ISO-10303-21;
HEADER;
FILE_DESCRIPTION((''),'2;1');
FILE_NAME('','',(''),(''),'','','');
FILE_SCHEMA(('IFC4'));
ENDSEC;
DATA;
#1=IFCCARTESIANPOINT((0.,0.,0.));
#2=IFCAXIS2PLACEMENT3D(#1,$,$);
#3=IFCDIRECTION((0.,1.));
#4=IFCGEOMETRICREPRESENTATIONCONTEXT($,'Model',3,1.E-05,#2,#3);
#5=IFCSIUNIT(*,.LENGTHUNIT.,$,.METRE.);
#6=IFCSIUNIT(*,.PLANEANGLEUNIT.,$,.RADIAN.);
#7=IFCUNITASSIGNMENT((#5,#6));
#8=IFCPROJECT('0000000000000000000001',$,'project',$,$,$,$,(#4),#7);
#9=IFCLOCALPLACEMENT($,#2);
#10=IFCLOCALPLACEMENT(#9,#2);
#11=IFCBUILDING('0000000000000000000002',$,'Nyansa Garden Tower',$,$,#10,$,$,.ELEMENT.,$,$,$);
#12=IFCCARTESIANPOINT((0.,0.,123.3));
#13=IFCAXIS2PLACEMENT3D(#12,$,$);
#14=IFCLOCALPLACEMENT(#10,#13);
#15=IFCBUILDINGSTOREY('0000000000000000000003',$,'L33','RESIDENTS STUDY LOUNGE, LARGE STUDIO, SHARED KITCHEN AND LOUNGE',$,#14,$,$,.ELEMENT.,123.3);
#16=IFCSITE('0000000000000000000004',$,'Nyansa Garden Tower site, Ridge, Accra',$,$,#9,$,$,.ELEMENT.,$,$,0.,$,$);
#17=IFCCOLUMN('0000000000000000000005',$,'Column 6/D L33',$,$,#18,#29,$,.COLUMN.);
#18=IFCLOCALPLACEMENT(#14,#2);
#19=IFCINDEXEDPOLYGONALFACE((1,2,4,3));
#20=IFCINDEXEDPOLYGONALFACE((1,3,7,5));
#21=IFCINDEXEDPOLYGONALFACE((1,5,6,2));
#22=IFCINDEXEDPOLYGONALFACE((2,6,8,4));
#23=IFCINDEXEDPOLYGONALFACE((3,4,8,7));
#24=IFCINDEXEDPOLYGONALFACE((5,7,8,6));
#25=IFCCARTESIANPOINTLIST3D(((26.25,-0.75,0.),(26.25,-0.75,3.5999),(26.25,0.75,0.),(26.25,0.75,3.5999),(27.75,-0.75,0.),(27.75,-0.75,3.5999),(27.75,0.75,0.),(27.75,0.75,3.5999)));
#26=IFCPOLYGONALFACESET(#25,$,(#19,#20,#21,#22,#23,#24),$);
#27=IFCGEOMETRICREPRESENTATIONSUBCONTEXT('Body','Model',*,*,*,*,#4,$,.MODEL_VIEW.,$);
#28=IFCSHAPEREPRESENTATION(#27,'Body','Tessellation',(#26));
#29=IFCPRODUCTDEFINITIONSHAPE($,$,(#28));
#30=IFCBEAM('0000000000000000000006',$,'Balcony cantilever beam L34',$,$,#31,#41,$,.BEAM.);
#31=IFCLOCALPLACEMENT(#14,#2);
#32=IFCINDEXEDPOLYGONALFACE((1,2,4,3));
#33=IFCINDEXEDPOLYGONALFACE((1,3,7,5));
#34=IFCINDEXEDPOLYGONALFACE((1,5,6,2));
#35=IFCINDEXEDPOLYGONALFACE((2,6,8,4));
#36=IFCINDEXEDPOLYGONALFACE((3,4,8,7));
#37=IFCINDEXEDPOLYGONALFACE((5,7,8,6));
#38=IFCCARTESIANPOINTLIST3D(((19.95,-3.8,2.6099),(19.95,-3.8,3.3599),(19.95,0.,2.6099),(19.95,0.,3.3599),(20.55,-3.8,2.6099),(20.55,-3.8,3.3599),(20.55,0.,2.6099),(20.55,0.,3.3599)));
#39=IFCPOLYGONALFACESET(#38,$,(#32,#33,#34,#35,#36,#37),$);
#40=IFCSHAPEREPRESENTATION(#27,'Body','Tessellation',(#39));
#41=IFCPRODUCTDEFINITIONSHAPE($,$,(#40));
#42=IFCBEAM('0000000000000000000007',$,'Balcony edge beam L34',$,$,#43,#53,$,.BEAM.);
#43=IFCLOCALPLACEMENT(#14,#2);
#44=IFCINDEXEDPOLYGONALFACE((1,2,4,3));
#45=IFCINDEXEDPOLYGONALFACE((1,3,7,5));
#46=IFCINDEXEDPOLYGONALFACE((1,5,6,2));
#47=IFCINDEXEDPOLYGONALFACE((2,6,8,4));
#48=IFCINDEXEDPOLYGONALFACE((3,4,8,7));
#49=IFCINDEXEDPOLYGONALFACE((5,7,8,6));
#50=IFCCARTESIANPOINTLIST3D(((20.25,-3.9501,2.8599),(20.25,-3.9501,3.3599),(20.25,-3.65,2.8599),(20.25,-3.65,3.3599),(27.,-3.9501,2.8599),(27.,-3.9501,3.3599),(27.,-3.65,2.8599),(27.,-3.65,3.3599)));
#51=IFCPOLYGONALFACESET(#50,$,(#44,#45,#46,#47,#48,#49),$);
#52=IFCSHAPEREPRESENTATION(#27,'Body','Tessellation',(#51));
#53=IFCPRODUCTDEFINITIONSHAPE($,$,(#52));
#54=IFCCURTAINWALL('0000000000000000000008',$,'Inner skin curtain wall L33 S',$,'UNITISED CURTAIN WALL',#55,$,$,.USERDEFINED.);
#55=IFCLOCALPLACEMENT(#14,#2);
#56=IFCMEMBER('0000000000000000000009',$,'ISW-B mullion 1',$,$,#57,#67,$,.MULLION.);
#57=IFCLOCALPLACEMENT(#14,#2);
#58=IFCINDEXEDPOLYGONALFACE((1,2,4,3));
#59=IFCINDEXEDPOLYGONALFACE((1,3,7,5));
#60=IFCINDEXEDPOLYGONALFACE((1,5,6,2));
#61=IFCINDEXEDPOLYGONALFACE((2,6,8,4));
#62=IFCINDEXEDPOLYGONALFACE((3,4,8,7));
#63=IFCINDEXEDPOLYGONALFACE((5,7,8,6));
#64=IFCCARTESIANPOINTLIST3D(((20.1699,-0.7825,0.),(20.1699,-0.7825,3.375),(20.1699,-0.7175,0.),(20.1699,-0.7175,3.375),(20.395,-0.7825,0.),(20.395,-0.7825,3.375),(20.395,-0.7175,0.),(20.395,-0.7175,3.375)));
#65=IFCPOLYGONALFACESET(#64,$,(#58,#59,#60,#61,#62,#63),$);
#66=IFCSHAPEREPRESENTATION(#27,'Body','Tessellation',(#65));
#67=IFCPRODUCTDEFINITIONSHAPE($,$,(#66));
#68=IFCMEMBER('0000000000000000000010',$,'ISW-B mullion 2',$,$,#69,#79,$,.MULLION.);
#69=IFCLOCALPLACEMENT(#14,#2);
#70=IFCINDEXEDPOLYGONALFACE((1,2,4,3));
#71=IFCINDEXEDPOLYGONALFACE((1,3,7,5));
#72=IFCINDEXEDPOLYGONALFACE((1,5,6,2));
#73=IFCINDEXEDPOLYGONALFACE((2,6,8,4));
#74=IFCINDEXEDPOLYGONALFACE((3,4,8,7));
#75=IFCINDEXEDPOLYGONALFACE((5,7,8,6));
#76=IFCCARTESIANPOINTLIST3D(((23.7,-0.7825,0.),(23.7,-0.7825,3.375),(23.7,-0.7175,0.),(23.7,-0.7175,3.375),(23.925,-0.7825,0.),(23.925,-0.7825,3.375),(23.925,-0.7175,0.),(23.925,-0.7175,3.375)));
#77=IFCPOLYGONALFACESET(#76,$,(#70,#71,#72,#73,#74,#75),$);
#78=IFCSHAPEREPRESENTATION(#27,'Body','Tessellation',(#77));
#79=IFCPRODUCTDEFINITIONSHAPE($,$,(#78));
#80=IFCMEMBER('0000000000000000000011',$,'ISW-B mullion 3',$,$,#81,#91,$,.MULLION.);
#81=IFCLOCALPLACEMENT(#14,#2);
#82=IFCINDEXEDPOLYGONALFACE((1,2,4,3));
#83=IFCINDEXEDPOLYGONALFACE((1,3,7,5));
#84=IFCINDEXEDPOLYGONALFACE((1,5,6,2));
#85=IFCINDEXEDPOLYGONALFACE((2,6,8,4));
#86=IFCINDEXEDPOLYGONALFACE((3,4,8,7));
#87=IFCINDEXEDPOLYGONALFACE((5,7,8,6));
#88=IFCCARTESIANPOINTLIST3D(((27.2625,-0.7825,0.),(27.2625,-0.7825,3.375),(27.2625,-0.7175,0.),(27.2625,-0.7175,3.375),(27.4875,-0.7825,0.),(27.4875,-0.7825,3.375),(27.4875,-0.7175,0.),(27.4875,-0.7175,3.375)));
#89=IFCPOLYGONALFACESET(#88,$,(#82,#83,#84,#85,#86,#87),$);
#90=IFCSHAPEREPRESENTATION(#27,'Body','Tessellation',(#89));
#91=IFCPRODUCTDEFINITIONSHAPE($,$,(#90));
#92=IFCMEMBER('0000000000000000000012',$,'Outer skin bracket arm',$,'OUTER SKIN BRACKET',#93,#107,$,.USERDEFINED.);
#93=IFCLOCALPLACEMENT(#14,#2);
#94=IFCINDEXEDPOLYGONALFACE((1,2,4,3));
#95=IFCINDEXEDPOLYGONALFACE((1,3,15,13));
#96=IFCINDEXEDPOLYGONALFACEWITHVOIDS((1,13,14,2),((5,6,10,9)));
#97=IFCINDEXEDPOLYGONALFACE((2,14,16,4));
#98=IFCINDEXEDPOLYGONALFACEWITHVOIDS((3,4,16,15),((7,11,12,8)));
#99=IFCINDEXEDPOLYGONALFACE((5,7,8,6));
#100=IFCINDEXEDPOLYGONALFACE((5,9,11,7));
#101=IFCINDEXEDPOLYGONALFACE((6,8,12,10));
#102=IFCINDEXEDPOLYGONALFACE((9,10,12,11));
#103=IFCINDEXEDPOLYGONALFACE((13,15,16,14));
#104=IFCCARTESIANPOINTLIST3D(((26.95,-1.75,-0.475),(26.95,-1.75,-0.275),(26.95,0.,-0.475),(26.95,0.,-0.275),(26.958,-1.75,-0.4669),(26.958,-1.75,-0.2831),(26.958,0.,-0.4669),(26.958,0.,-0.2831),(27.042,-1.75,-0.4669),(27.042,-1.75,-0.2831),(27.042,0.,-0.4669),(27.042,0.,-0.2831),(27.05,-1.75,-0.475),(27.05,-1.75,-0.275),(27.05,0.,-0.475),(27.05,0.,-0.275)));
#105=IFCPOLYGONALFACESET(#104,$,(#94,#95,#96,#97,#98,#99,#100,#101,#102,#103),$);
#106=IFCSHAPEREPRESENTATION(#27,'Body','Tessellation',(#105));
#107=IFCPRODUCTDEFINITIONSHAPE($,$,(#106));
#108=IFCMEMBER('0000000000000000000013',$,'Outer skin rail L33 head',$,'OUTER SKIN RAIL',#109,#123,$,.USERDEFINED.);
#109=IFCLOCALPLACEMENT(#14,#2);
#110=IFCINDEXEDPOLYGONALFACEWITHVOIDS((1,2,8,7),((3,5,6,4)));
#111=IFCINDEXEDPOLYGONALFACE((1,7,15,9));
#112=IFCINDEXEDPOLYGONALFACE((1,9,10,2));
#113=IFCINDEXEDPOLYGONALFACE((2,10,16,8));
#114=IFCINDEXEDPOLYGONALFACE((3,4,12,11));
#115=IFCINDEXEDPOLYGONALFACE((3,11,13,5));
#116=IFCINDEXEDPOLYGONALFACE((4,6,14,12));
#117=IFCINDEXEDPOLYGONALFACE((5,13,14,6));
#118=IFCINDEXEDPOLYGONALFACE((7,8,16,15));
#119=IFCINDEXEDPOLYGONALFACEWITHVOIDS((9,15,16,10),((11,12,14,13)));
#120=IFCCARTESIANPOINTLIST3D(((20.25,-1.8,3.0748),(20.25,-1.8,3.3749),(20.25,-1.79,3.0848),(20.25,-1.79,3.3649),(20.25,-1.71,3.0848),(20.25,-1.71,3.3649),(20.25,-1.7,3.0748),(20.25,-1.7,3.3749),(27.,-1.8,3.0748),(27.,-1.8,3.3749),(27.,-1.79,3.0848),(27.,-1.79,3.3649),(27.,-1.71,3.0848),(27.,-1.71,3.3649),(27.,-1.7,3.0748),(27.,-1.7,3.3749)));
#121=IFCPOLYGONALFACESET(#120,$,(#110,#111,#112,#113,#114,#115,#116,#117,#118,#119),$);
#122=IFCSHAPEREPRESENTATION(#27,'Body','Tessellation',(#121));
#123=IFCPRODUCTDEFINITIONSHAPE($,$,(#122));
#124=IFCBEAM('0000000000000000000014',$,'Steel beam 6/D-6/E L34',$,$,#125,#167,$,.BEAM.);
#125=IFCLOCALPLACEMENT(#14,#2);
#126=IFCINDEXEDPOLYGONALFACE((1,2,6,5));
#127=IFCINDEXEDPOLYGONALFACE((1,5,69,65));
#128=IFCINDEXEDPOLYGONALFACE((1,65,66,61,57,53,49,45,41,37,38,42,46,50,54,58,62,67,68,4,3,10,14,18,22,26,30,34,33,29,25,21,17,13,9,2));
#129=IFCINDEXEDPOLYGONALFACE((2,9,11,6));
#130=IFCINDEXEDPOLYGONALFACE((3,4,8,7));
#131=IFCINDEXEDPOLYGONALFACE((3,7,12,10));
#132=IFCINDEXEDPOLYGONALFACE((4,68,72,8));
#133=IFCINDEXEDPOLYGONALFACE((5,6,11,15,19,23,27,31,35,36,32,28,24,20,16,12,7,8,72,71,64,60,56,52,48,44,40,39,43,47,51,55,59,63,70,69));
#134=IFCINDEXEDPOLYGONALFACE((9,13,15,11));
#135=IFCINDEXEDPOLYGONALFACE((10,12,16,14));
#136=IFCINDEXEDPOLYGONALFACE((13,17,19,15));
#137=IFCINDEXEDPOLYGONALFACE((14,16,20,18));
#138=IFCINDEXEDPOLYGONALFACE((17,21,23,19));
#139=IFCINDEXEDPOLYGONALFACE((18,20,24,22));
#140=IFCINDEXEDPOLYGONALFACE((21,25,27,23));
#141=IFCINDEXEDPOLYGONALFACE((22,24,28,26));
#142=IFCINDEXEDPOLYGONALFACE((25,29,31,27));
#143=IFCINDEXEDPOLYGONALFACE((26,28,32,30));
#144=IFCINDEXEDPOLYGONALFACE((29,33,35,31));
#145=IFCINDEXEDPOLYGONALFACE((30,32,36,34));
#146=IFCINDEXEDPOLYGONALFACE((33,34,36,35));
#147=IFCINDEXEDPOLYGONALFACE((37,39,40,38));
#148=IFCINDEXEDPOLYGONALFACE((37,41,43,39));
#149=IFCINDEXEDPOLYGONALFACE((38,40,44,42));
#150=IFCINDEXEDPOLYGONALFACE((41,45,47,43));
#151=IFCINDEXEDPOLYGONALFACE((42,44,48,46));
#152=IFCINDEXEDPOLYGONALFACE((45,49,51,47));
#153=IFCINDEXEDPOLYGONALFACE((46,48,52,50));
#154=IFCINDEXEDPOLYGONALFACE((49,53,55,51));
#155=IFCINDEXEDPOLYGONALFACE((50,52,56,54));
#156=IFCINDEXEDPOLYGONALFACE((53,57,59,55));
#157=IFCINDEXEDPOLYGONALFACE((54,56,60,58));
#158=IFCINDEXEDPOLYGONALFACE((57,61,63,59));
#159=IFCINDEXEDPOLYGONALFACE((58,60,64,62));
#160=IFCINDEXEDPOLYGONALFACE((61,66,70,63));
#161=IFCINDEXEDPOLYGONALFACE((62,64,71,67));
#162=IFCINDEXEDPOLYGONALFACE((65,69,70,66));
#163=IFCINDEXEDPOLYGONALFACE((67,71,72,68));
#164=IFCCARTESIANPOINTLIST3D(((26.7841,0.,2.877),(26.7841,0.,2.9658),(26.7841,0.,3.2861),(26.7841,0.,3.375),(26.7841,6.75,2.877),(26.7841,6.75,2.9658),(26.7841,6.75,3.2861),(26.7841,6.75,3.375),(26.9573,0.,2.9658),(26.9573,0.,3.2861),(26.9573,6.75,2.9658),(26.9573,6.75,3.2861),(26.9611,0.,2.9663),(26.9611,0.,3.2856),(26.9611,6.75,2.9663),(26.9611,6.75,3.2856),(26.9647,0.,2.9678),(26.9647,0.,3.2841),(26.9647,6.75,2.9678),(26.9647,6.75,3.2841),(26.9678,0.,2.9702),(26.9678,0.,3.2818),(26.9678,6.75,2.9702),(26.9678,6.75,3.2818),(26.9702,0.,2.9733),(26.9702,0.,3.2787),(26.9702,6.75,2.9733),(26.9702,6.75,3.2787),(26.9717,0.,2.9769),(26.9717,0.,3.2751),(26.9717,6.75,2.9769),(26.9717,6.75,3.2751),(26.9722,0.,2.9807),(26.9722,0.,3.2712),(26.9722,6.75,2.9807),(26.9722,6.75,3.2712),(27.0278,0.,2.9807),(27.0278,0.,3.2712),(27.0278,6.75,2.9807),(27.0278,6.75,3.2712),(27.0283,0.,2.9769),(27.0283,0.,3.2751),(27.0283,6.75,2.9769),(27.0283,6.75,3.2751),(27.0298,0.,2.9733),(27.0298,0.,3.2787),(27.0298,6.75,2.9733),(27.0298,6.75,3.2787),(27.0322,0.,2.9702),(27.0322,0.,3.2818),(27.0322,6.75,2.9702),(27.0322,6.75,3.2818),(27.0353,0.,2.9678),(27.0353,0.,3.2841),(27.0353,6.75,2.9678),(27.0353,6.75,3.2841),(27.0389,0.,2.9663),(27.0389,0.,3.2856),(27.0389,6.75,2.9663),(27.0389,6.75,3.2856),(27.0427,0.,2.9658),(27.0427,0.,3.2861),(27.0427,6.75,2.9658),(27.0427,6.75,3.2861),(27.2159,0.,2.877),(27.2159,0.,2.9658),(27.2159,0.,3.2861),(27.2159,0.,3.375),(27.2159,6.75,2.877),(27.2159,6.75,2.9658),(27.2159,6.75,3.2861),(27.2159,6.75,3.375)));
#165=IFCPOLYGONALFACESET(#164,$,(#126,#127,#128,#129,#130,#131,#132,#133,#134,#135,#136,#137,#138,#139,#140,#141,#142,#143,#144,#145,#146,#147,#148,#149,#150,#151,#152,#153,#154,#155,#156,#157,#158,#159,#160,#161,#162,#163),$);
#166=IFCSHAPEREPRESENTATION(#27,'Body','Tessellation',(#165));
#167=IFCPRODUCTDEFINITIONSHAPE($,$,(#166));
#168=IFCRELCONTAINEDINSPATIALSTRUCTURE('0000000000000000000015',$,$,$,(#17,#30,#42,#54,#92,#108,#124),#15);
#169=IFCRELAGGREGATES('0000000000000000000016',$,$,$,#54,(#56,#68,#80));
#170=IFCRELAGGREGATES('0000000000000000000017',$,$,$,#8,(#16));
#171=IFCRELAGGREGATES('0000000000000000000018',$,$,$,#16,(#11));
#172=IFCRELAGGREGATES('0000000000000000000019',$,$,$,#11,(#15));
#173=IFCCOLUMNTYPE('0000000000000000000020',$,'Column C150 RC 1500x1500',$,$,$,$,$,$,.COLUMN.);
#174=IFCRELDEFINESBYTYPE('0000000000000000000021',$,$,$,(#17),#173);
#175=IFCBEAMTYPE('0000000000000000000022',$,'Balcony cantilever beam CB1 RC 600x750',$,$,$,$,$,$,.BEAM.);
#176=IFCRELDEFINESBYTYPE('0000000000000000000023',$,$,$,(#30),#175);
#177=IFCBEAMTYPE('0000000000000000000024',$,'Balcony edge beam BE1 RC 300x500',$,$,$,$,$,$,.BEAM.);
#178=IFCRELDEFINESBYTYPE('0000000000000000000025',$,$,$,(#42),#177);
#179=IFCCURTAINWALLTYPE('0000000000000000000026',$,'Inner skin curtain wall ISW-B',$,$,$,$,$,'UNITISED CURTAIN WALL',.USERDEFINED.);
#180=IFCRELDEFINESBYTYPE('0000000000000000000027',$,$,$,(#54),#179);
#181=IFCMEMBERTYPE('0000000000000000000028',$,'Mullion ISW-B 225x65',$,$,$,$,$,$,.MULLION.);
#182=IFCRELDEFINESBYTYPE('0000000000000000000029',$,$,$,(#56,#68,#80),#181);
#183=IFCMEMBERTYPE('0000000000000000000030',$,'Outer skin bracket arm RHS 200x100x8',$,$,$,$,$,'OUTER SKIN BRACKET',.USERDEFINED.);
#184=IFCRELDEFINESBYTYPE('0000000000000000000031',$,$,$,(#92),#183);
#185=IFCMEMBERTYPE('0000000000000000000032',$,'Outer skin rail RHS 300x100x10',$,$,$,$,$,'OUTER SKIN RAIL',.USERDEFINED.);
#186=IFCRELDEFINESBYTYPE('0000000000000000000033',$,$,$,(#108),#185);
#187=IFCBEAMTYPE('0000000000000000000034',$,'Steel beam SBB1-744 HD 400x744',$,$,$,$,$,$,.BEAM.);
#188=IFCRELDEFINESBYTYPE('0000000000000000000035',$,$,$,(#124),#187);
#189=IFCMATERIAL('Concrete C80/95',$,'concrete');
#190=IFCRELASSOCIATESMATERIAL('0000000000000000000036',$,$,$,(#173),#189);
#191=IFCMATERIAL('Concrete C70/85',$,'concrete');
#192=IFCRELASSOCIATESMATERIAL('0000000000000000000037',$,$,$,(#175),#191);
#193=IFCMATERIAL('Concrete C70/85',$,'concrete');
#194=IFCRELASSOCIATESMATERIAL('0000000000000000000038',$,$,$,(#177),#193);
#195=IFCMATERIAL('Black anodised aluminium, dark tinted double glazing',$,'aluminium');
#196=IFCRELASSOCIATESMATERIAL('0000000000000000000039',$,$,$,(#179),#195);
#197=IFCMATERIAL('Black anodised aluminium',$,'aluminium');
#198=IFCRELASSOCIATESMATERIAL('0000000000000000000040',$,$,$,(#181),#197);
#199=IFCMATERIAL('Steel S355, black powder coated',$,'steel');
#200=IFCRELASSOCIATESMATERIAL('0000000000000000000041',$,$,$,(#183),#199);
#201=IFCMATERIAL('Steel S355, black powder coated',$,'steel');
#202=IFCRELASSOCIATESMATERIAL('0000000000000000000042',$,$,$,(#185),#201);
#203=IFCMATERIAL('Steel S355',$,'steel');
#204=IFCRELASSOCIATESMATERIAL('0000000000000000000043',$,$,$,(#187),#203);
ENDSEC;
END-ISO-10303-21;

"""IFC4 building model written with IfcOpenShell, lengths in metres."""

from ifc_helpers import new_model, si_unit, direction, frame, origin, origin_2d, place, context, subcontext, project, spatial, rectangle, hollow_rectangle, i_section, extrude, material, material_profile, profile_set, type_object, element, aggregate, save


model = new_model("IFC4")

# Units and contexts
model_context = context("Model", 3, precision=1e-05, world=origin(), true_north=direction((0.0, 1.0)))
body_context = subcontext(model_context, "Body", "Model", "MODEL_VIEW")
ifc_project = project(units=[si_unit("LENGTHUNIT", "METRE"), si_unit("PLANEANGLEUNIT", "RADIAN")], contexts=[model_context])

# Site, building, storey
site_placement = place(None, origin())
site = spatial("IfcSite", under=ifc_project, at=site_placement, Name="Nyansa Garden Tower site, Ridge, Accra", CompositionType="ELEMENT", RefElevation=0.0)
building_placement = place(site_placement, origin())
building = spatial("IfcBuilding", under=site, at=building_placement, Name="Nyansa Garden Tower", CompositionType="ELEMENT")
storey_placement = place(building_placement, frame((0.0, 0.0, 123.3)))
storey = spatial("IfcBuildingStorey", under=building, at=storey_placement, Name="L33", Description="RESIDENTS STUDY LOUNGE, LARGE STUDIO, SHARED KITCHEN AND LOUNGE", CompositionType="ELEMENT", Elevation=123.3)

# Column
ifc_material_1 = material(Name="Concrete C80/95", Category="concrete")
ifc_material_profile_1 = material_profile(ifc_material_1, rectangle(XDim=1.5, YDim=1.5, at=origin_2d()), Name="RC 1500x1500")
ifc_profile_set_1 = profile_set([ifc_material_profile_1], Name="Concrete C80/95")
column_type = type_object("IfcColumnType", Name="Column C150 RC 1500x1500", PredefinedType="COLUMN", material=ifc_profile_set_1)
column_placement = place(storey_placement, frame((27.0, 0.0, 0.0), z_axis=(0.0, 0.0, 1.0), x_axis=(1.0, 0.0, 0.0)))
element("IfcColumn", 1, at=column_placement, inside=storey, type_object=column_type, Name="Column 6/D L33", PredefinedType="COLUMN", context=body_context, shape_type="SweptSolid", body=[
    extrude(rectangle(XDim=1.5, YDim=1.5, at=origin_2d()), origin(), (0.0, 0.0, 1.0), 3.5999),
])

# Beams
ifc_material_2 = material(Name="Concrete C70/85", Category="concrete")
ifc_material_profile_2 = material_profile(ifc_material_2, rectangle(XDim=0.6001, YDim=0.75, at=origin_2d()), Name="RC 600x750")
ifc_profile_set_2 = profile_set([ifc_material_profile_2], Name="Concrete C70/85")
beam_type_1 = type_object("IfcBeamType", Name="Balcony cantilever beam CB1 RC 600x750", PredefinedType="BEAM", material=ifc_profile_set_2)
beam_1_placement = place(storey_placement, frame((20.25, 0.0, 2.9849), z_axis=(0.0, -1.0, 0.0), x_axis=(1.0, 0.0, 0.0)))
element("IfcBeam", 2, at=beam_1_placement, inside=storey, type_object=beam_type_1, Name="Balcony cantilever beam L34", PredefinedType="BEAM", context=body_context, shape_type="SweptSolid", body=[
    extrude(rectangle(XDim=0.6001, YDim=0.75, at=origin_2d()), origin(), (0.0, 0.0, 1.0), 3.8),
])
ifc_material_3 = material(Name="Concrete C70/85", Category="concrete")
ifc_material_profile_3 = material_profile(ifc_material_3, rectangle(XDim=0.3, YDim=0.5, at=origin_2d()), Name="RC 300x500")
ifc_profile_set_3 = profile_set([ifc_material_profile_3], Name="Concrete C70/85")
beam_type_2 = type_object("IfcBeamType", Name="Balcony edge beam BE1 RC 300x500", PredefinedType="BEAM", material=ifc_profile_set_3)
beam_2_placement = place(storey_placement, frame((20.25, -3.8, 3.1099), z_axis=(1.0, 0.0, 0.0), x_axis=(0.0, 1.0, 0.0)))
element("IfcBeam", 3, at=beam_2_placement, inside=storey, type_object=beam_type_2, Name="Balcony edge beam L34", PredefinedType="BEAM", context=body_context, shape_type="SweptSolid", body=[
    extrude(rectangle(XDim=0.3, YDim=0.5, at=origin_2d()), origin(), (0.0, 0.0, 1.0), 6.75),
])

# Curtain wall, members
ifc_material_4 = material(Name="Black anodised aluminium, dark tinted double glazing", Category="aluminium")
curtain_wall_type = type_object("IfcCurtainWallType", Name="Inner skin curtain wall ISW-B", ElementType="UNITISED CURTAIN WALL", PredefinedType="USERDEFINED", material=ifc_material_4)
curtain_wall_placement = place(storey_placement, origin())
curtain_wall = element("IfcCurtainWall", 4, at=curtain_wall_placement, inside=storey, type_object=curtain_wall_type, Name="Inner skin curtain wall L33 S", ObjectType="UNITISED CURTAIN WALL", PredefinedType="USERDEFINED")
ifc_material_5 = material(Name="Black anodised aluminium", Category="aluminium")
ifc_material_profile_4 = material_profile(ifc_material_5, rectangle(XDim=0.0649, YDim=0.2251, at=origin_2d()), Name="Mullion 225x65")
ifc_profile_set_4 = profile_set([ifc_material_profile_4], Name="Black anodised aluminium")
member_type_1 = type_object("IfcMemberType", Name="Mullion ISW-B 225x65", PredefinedType="MULLION", material=ifc_profile_set_4)
member_1_placement = place(storey_placement, frame((20.2825, -0.75, 0.0), z_axis=(0.0, 0.0, 1.0), x_axis=(0.0, 1.0, 0.0)))
member_1 = element("IfcMember", 5, at=member_1_placement, type_object=member_type_1, Name="ISW-B mullion 1", PredefinedType="MULLION", context=body_context, shape_type="SweptSolid", body=[
    extrude(rectangle(XDim=0.0649, YDim=0.2251, at=origin_2d()), origin(), (0.0, 0.0, 1.0), 3.375),
])
member_2_placement = place(storey_placement, frame((23.8125, -0.75, 0.0), z_axis=(0.0, 0.0, 1.0), x_axis=(0.0, 1.0, 0.0)))
member_2 = element("IfcMember", 6, at=member_2_placement, type_object=member_type_1, Name="ISW-B mullion 2", PredefinedType="MULLION", context=body_context, shape_type="SweptSolid", body=[
    extrude(rectangle(XDim=0.0649, YDim=0.2251, at=origin_2d()), origin(), (0.0, 0.0, 1.0), 3.375),
])
member_3_placement = place(storey_placement, frame((27.375, -0.75, 0.0), z_axis=(0.0, 0.0, 1.0), x_axis=(0.0, 1.0, 0.0)))
member_3 = element("IfcMember", 7, at=member_3_placement, type_object=member_type_1, Name="ISW-B mullion 3", PredefinedType="MULLION", context=body_context, shape_type="SweptSolid", body=[
    extrude(rectangle(XDim=0.0649, YDim=0.2251, at=origin_2d()), origin(), (0.0, 0.0, 1.0), 3.375),
])

# Members
ifc_material_6 = material(Name="Steel S355, black powder coated", Category="steel")
ifc_material_profile_5 = material_profile(ifc_material_6, hollow_rectangle(XDim=0.1001, YDim=0.2, WallThickness=0.0081, at=origin_2d()), Name="RHS 200x100x8")
ifc_profile_set_5 = profile_set([ifc_material_profile_5], Name="Steel S355, black powder coated")
member_type_2 = type_object("IfcMemberType", Name="Outer skin bracket arm RHS 200x100x8", ElementType="OUTER SKIN BRACKET", PredefinedType="USERDEFINED", material=ifc_profile_set_5)
member_4_placement = place(storey_placement, frame((27.0, 0.0, -0.375), z_axis=(0.0, -1.0, 0.0), x_axis=(1.0, 0.0, 0.0)))
element("IfcMember", 8, at=member_4_placement, inside=storey, type_object=member_type_2, Name="Outer skin bracket arm", ObjectType="OUTER SKIN BRACKET", PredefinedType="USERDEFINED", context=body_context, shape_type="SweptSolid", body=[
    extrude(hollow_rectangle(XDim=0.1001, YDim=0.2, WallThickness=0.0081, at=origin_2d()), origin(), (0.0, 0.0, 1.0), 1.75),
])
ifc_material_7 = material(Name="Steel S355, black powder coated", Category="steel")
ifc_material_profile_6 = material_profile(ifc_material_7, hollow_rectangle(XDim=0.1001, YDim=0.3, WallThickness=0.01, at=origin_2d()), Name="RHS 300x100x10")
ifc_profile_set_6 = profile_set([ifc_material_profile_6], Name="Steel S355, black powder coated")
member_type_3 = type_object("IfcMemberType", Name="Outer skin rail RHS 300x100x10", ElementType="OUTER SKIN RAIL", PredefinedType="USERDEFINED", material=ifc_profile_set_6)
member_5_placement = place(storey_placement, frame((20.25, -1.75, 3.2249), z_axis=(1.0, 0.0, 0.0), x_axis=(0.0, 1.0, 0.0)))
element("IfcMember", 9, at=member_5_placement, inside=storey, type_object=member_type_3, Name="Outer skin rail L33 head", ObjectType="OUTER SKIN RAIL", PredefinedType="USERDEFINED", context=body_context, shape_type="SweptSolid", body=[
    extrude(hollow_rectangle(XDim=0.1001, YDim=0.3, WallThickness=0.01, at=origin_2d()), origin(), (0.0, 0.0, 1.0), 6.75),
])

# Beam
ifc_material_8 = material(Name="Steel S355", Category="steel")
ifc_material_profile_7 = material_profile(ifc_material_8, i_section(OverallWidth=0.4319, OverallDepth=0.498, WebThickness=0.0557, FlangeThickness=0.0889, FilletRadius=0.0149, at=origin_2d()), Name="HD 400x744")
ifc_profile_set_7 = profile_set([ifc_material_profile_7], Name="Steel S355")
beam_type_3 = type_object("IfcBeamType", Name="Steel beam SBB1-744 HD 400x744", PredefinedType="BEAM", material=ifc_profile_set_7)
beam_3_placement = place(storey_placement, frame((27.0, 0.0, 3.126), z_axis=(0.0, 1.0, 0.0), x_axis=(-1.0, 0.0, 0.0)))
element("IfcBeam", 10, at=beam_3_placement, inside=storey, type_object=beam_type_3, Name="Steel beam 6/D-6/E L34", PredefinedType="BEAM", context=body_context, shape_type="SweptSolid", body=[
    extrude(i_section(OverallWidth=0.4319, OverallDepth=0.498, WebThickness=0.0557, FlangeThickness=0.0889, FilletRadius=0.0149, at=origin_2d()), origin(), (0.0, 0.0, 1.0), 6.75),
])

aggregate(curtain_wall, [member_1, member_2, member_3])

save(model, "model.ifc")
